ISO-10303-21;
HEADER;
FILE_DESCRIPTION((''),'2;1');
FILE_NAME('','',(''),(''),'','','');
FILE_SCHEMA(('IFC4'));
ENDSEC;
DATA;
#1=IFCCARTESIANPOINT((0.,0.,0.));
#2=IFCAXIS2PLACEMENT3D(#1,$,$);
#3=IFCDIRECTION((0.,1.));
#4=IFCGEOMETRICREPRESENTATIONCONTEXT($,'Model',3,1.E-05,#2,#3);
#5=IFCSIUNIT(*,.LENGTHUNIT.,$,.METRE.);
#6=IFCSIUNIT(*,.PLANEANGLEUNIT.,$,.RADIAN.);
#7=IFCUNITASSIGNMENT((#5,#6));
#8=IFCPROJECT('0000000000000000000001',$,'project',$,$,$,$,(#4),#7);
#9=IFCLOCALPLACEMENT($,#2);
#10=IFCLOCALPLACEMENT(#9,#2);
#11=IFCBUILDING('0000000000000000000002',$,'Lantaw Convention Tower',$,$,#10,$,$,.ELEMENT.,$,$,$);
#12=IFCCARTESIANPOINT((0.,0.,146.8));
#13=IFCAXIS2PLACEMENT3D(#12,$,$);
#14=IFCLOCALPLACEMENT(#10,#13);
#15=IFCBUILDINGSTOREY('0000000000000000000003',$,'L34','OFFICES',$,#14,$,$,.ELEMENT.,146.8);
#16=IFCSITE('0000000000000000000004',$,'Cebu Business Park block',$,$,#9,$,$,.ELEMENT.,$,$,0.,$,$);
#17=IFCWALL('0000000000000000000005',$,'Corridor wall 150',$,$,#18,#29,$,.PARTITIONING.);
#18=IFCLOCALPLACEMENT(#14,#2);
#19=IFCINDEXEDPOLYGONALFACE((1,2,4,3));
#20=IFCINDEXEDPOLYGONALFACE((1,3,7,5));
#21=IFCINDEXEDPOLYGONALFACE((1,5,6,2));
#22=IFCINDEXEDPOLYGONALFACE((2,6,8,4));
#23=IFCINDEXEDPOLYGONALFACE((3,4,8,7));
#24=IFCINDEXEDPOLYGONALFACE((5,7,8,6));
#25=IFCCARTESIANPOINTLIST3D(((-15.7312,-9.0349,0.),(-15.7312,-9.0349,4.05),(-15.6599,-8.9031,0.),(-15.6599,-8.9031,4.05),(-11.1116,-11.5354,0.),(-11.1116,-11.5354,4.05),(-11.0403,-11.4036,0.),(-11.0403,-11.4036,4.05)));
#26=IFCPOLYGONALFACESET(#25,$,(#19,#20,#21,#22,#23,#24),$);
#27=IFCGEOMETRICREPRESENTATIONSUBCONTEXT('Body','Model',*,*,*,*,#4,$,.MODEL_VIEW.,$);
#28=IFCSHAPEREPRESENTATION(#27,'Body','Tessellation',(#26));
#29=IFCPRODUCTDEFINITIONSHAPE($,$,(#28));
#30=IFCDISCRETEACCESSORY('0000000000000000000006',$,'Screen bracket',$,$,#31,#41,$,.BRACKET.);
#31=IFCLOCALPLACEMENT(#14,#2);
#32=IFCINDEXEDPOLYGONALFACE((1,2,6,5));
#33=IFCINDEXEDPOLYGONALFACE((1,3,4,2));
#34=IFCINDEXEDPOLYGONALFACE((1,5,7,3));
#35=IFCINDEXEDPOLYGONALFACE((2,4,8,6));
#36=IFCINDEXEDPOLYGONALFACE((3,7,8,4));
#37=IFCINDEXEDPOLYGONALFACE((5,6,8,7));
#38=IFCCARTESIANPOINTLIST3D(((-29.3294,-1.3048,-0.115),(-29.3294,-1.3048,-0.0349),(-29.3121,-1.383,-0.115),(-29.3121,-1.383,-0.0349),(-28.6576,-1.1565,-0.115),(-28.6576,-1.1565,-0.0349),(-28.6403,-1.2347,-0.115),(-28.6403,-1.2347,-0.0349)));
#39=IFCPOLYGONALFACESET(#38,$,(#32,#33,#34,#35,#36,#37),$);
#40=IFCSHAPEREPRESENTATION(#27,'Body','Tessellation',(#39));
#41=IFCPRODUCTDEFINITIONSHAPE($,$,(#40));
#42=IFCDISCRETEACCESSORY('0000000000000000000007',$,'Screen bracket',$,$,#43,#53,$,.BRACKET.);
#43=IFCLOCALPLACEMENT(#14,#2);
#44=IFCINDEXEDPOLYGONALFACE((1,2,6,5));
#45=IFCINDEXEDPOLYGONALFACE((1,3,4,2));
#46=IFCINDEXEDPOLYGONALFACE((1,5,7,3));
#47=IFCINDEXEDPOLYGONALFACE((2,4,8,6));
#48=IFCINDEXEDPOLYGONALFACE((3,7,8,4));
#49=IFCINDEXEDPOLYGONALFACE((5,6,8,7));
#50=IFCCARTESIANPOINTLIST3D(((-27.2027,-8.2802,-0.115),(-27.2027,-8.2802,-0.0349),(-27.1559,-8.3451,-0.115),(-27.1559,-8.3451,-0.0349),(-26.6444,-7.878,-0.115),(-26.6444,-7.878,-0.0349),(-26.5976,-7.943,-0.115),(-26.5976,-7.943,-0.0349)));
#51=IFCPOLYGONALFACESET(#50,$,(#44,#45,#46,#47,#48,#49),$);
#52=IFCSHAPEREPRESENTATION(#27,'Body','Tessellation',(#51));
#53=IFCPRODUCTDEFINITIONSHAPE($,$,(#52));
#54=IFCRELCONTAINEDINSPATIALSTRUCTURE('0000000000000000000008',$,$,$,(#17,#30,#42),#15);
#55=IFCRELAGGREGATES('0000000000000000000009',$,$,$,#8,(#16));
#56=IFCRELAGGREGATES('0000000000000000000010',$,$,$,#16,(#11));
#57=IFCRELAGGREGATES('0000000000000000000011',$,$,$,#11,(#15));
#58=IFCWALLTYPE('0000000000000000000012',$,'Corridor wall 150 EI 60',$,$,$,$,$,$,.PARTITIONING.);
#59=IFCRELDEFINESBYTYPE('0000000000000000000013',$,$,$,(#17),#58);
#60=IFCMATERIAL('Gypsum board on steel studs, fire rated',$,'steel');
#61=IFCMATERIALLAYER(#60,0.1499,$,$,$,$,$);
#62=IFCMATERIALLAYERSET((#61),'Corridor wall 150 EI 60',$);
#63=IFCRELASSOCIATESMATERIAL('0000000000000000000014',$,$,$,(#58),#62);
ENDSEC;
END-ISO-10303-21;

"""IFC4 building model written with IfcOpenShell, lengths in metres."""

from ifc_helpers import new_model, si_unit, direction, frame, frame_2d, origin, origin_2d, place, context, subcontext, project, spatial, rectangle, extrude, material, layer, layer_set, type_object, element, save


model = new_model("IFC4")

# Units and contexts
model_context = context("Model", 3, precision=1e-05, world=origin(), true_north=direction((0.0, 1.0)))
body_context = subcontext(model_context, "Body", "Model", "MODEL_VIEW")
ifc_project = project(units=[si_unit("LENGTHUNIT", "METRE"), si_unit("PLANEANGLEUNIT", "RADIAN")], contexts=[model_context])

# Site, building, storey
site_placement = place(None, origin())
site = spatial("IfcSite", under=ifc_project, at=site_placement, Name="Cebu Business Park block", CompositionType="ELEMENT", RefElevation=0.0)
building_placement = place(site_placement, origin())
building = spatial("IfcBuilding", under=site, at=building_placement, Name="Lantaw Convention Tower", CompositionType="ELEMENT")
storey_placement = place(building_placement, frame((0.0, 0.0, 146.8)))
storey = spatial("IfcBuildingStorey", under=building, at=storey_placement, Name="L34", Description="OFFICES", CompositionType="ELEMENT", Elevation=146.8)

# Wall
ifc_material_1 = material(Name="Gypsum board on steel studs, fire rated", Category="steel")
ifc_layer_1 = layer(ifc_material_1, 0.1499)
ifc_layer_set_1 = layer_set([ifc_layer_1], Name="Corridor wall 150 EI 60")
wall_type = type_object("IfcWallType", Name="Corridor wall 150 EI 60", PredefinedType="PARTITIONING", material=ifc_layer_set_1)
wall_1_placement = place(storey_placement, frame((-15.6956, -8.969, 0.0), z_axis=(0.0, 0.0, 1.0), x_axis=(0.879436, -0.476017, 0.0)))
element("IfcWall", 1, at=wall_1_placement, inside=storey, type_object=wall_type, Name="Corridor wall 150", PredefinedType="PARTITIONING", context=body_context, shape_type="SweptSolid", body=[
    extrude(rectangle(XDim=5.2529, YDim=0.1499, at=frame_2d((2.6265, 0.0))), origin(), (0.0, 0.0, 1.0), 4.05),
])

# Discrete accessories
for number, where, z_axis, x_axis, name in (
    (2, (-28.9849, -1.2698, -0.115), (0.0, 0.0, 1.0), (0.215546, -0.976494, 0.0), "Screen bracket"),
    (3, (-26.9001, -8.1116, -0.115), (0.0, 0.0, 1.0), (0.584513, -0.811385, 0.0), "Screen bracket"),
):
    element("IfcDiscreteAccessory", number, at=place(storey_placement, frame(where, z_axis=z_axis, x_axis=x_axis)), inside=storey, Name=name, PredefinedType="BRACKET", context=body_context, shape_type="SweptSolid", body=[
        extrude(rectangle(XDim=0.0801, YDim=0.688, at=origin_2d()), origin(), (0.0, 0.0, 1.0), 0.0801),
    ])

save(model, "model.ifc")
